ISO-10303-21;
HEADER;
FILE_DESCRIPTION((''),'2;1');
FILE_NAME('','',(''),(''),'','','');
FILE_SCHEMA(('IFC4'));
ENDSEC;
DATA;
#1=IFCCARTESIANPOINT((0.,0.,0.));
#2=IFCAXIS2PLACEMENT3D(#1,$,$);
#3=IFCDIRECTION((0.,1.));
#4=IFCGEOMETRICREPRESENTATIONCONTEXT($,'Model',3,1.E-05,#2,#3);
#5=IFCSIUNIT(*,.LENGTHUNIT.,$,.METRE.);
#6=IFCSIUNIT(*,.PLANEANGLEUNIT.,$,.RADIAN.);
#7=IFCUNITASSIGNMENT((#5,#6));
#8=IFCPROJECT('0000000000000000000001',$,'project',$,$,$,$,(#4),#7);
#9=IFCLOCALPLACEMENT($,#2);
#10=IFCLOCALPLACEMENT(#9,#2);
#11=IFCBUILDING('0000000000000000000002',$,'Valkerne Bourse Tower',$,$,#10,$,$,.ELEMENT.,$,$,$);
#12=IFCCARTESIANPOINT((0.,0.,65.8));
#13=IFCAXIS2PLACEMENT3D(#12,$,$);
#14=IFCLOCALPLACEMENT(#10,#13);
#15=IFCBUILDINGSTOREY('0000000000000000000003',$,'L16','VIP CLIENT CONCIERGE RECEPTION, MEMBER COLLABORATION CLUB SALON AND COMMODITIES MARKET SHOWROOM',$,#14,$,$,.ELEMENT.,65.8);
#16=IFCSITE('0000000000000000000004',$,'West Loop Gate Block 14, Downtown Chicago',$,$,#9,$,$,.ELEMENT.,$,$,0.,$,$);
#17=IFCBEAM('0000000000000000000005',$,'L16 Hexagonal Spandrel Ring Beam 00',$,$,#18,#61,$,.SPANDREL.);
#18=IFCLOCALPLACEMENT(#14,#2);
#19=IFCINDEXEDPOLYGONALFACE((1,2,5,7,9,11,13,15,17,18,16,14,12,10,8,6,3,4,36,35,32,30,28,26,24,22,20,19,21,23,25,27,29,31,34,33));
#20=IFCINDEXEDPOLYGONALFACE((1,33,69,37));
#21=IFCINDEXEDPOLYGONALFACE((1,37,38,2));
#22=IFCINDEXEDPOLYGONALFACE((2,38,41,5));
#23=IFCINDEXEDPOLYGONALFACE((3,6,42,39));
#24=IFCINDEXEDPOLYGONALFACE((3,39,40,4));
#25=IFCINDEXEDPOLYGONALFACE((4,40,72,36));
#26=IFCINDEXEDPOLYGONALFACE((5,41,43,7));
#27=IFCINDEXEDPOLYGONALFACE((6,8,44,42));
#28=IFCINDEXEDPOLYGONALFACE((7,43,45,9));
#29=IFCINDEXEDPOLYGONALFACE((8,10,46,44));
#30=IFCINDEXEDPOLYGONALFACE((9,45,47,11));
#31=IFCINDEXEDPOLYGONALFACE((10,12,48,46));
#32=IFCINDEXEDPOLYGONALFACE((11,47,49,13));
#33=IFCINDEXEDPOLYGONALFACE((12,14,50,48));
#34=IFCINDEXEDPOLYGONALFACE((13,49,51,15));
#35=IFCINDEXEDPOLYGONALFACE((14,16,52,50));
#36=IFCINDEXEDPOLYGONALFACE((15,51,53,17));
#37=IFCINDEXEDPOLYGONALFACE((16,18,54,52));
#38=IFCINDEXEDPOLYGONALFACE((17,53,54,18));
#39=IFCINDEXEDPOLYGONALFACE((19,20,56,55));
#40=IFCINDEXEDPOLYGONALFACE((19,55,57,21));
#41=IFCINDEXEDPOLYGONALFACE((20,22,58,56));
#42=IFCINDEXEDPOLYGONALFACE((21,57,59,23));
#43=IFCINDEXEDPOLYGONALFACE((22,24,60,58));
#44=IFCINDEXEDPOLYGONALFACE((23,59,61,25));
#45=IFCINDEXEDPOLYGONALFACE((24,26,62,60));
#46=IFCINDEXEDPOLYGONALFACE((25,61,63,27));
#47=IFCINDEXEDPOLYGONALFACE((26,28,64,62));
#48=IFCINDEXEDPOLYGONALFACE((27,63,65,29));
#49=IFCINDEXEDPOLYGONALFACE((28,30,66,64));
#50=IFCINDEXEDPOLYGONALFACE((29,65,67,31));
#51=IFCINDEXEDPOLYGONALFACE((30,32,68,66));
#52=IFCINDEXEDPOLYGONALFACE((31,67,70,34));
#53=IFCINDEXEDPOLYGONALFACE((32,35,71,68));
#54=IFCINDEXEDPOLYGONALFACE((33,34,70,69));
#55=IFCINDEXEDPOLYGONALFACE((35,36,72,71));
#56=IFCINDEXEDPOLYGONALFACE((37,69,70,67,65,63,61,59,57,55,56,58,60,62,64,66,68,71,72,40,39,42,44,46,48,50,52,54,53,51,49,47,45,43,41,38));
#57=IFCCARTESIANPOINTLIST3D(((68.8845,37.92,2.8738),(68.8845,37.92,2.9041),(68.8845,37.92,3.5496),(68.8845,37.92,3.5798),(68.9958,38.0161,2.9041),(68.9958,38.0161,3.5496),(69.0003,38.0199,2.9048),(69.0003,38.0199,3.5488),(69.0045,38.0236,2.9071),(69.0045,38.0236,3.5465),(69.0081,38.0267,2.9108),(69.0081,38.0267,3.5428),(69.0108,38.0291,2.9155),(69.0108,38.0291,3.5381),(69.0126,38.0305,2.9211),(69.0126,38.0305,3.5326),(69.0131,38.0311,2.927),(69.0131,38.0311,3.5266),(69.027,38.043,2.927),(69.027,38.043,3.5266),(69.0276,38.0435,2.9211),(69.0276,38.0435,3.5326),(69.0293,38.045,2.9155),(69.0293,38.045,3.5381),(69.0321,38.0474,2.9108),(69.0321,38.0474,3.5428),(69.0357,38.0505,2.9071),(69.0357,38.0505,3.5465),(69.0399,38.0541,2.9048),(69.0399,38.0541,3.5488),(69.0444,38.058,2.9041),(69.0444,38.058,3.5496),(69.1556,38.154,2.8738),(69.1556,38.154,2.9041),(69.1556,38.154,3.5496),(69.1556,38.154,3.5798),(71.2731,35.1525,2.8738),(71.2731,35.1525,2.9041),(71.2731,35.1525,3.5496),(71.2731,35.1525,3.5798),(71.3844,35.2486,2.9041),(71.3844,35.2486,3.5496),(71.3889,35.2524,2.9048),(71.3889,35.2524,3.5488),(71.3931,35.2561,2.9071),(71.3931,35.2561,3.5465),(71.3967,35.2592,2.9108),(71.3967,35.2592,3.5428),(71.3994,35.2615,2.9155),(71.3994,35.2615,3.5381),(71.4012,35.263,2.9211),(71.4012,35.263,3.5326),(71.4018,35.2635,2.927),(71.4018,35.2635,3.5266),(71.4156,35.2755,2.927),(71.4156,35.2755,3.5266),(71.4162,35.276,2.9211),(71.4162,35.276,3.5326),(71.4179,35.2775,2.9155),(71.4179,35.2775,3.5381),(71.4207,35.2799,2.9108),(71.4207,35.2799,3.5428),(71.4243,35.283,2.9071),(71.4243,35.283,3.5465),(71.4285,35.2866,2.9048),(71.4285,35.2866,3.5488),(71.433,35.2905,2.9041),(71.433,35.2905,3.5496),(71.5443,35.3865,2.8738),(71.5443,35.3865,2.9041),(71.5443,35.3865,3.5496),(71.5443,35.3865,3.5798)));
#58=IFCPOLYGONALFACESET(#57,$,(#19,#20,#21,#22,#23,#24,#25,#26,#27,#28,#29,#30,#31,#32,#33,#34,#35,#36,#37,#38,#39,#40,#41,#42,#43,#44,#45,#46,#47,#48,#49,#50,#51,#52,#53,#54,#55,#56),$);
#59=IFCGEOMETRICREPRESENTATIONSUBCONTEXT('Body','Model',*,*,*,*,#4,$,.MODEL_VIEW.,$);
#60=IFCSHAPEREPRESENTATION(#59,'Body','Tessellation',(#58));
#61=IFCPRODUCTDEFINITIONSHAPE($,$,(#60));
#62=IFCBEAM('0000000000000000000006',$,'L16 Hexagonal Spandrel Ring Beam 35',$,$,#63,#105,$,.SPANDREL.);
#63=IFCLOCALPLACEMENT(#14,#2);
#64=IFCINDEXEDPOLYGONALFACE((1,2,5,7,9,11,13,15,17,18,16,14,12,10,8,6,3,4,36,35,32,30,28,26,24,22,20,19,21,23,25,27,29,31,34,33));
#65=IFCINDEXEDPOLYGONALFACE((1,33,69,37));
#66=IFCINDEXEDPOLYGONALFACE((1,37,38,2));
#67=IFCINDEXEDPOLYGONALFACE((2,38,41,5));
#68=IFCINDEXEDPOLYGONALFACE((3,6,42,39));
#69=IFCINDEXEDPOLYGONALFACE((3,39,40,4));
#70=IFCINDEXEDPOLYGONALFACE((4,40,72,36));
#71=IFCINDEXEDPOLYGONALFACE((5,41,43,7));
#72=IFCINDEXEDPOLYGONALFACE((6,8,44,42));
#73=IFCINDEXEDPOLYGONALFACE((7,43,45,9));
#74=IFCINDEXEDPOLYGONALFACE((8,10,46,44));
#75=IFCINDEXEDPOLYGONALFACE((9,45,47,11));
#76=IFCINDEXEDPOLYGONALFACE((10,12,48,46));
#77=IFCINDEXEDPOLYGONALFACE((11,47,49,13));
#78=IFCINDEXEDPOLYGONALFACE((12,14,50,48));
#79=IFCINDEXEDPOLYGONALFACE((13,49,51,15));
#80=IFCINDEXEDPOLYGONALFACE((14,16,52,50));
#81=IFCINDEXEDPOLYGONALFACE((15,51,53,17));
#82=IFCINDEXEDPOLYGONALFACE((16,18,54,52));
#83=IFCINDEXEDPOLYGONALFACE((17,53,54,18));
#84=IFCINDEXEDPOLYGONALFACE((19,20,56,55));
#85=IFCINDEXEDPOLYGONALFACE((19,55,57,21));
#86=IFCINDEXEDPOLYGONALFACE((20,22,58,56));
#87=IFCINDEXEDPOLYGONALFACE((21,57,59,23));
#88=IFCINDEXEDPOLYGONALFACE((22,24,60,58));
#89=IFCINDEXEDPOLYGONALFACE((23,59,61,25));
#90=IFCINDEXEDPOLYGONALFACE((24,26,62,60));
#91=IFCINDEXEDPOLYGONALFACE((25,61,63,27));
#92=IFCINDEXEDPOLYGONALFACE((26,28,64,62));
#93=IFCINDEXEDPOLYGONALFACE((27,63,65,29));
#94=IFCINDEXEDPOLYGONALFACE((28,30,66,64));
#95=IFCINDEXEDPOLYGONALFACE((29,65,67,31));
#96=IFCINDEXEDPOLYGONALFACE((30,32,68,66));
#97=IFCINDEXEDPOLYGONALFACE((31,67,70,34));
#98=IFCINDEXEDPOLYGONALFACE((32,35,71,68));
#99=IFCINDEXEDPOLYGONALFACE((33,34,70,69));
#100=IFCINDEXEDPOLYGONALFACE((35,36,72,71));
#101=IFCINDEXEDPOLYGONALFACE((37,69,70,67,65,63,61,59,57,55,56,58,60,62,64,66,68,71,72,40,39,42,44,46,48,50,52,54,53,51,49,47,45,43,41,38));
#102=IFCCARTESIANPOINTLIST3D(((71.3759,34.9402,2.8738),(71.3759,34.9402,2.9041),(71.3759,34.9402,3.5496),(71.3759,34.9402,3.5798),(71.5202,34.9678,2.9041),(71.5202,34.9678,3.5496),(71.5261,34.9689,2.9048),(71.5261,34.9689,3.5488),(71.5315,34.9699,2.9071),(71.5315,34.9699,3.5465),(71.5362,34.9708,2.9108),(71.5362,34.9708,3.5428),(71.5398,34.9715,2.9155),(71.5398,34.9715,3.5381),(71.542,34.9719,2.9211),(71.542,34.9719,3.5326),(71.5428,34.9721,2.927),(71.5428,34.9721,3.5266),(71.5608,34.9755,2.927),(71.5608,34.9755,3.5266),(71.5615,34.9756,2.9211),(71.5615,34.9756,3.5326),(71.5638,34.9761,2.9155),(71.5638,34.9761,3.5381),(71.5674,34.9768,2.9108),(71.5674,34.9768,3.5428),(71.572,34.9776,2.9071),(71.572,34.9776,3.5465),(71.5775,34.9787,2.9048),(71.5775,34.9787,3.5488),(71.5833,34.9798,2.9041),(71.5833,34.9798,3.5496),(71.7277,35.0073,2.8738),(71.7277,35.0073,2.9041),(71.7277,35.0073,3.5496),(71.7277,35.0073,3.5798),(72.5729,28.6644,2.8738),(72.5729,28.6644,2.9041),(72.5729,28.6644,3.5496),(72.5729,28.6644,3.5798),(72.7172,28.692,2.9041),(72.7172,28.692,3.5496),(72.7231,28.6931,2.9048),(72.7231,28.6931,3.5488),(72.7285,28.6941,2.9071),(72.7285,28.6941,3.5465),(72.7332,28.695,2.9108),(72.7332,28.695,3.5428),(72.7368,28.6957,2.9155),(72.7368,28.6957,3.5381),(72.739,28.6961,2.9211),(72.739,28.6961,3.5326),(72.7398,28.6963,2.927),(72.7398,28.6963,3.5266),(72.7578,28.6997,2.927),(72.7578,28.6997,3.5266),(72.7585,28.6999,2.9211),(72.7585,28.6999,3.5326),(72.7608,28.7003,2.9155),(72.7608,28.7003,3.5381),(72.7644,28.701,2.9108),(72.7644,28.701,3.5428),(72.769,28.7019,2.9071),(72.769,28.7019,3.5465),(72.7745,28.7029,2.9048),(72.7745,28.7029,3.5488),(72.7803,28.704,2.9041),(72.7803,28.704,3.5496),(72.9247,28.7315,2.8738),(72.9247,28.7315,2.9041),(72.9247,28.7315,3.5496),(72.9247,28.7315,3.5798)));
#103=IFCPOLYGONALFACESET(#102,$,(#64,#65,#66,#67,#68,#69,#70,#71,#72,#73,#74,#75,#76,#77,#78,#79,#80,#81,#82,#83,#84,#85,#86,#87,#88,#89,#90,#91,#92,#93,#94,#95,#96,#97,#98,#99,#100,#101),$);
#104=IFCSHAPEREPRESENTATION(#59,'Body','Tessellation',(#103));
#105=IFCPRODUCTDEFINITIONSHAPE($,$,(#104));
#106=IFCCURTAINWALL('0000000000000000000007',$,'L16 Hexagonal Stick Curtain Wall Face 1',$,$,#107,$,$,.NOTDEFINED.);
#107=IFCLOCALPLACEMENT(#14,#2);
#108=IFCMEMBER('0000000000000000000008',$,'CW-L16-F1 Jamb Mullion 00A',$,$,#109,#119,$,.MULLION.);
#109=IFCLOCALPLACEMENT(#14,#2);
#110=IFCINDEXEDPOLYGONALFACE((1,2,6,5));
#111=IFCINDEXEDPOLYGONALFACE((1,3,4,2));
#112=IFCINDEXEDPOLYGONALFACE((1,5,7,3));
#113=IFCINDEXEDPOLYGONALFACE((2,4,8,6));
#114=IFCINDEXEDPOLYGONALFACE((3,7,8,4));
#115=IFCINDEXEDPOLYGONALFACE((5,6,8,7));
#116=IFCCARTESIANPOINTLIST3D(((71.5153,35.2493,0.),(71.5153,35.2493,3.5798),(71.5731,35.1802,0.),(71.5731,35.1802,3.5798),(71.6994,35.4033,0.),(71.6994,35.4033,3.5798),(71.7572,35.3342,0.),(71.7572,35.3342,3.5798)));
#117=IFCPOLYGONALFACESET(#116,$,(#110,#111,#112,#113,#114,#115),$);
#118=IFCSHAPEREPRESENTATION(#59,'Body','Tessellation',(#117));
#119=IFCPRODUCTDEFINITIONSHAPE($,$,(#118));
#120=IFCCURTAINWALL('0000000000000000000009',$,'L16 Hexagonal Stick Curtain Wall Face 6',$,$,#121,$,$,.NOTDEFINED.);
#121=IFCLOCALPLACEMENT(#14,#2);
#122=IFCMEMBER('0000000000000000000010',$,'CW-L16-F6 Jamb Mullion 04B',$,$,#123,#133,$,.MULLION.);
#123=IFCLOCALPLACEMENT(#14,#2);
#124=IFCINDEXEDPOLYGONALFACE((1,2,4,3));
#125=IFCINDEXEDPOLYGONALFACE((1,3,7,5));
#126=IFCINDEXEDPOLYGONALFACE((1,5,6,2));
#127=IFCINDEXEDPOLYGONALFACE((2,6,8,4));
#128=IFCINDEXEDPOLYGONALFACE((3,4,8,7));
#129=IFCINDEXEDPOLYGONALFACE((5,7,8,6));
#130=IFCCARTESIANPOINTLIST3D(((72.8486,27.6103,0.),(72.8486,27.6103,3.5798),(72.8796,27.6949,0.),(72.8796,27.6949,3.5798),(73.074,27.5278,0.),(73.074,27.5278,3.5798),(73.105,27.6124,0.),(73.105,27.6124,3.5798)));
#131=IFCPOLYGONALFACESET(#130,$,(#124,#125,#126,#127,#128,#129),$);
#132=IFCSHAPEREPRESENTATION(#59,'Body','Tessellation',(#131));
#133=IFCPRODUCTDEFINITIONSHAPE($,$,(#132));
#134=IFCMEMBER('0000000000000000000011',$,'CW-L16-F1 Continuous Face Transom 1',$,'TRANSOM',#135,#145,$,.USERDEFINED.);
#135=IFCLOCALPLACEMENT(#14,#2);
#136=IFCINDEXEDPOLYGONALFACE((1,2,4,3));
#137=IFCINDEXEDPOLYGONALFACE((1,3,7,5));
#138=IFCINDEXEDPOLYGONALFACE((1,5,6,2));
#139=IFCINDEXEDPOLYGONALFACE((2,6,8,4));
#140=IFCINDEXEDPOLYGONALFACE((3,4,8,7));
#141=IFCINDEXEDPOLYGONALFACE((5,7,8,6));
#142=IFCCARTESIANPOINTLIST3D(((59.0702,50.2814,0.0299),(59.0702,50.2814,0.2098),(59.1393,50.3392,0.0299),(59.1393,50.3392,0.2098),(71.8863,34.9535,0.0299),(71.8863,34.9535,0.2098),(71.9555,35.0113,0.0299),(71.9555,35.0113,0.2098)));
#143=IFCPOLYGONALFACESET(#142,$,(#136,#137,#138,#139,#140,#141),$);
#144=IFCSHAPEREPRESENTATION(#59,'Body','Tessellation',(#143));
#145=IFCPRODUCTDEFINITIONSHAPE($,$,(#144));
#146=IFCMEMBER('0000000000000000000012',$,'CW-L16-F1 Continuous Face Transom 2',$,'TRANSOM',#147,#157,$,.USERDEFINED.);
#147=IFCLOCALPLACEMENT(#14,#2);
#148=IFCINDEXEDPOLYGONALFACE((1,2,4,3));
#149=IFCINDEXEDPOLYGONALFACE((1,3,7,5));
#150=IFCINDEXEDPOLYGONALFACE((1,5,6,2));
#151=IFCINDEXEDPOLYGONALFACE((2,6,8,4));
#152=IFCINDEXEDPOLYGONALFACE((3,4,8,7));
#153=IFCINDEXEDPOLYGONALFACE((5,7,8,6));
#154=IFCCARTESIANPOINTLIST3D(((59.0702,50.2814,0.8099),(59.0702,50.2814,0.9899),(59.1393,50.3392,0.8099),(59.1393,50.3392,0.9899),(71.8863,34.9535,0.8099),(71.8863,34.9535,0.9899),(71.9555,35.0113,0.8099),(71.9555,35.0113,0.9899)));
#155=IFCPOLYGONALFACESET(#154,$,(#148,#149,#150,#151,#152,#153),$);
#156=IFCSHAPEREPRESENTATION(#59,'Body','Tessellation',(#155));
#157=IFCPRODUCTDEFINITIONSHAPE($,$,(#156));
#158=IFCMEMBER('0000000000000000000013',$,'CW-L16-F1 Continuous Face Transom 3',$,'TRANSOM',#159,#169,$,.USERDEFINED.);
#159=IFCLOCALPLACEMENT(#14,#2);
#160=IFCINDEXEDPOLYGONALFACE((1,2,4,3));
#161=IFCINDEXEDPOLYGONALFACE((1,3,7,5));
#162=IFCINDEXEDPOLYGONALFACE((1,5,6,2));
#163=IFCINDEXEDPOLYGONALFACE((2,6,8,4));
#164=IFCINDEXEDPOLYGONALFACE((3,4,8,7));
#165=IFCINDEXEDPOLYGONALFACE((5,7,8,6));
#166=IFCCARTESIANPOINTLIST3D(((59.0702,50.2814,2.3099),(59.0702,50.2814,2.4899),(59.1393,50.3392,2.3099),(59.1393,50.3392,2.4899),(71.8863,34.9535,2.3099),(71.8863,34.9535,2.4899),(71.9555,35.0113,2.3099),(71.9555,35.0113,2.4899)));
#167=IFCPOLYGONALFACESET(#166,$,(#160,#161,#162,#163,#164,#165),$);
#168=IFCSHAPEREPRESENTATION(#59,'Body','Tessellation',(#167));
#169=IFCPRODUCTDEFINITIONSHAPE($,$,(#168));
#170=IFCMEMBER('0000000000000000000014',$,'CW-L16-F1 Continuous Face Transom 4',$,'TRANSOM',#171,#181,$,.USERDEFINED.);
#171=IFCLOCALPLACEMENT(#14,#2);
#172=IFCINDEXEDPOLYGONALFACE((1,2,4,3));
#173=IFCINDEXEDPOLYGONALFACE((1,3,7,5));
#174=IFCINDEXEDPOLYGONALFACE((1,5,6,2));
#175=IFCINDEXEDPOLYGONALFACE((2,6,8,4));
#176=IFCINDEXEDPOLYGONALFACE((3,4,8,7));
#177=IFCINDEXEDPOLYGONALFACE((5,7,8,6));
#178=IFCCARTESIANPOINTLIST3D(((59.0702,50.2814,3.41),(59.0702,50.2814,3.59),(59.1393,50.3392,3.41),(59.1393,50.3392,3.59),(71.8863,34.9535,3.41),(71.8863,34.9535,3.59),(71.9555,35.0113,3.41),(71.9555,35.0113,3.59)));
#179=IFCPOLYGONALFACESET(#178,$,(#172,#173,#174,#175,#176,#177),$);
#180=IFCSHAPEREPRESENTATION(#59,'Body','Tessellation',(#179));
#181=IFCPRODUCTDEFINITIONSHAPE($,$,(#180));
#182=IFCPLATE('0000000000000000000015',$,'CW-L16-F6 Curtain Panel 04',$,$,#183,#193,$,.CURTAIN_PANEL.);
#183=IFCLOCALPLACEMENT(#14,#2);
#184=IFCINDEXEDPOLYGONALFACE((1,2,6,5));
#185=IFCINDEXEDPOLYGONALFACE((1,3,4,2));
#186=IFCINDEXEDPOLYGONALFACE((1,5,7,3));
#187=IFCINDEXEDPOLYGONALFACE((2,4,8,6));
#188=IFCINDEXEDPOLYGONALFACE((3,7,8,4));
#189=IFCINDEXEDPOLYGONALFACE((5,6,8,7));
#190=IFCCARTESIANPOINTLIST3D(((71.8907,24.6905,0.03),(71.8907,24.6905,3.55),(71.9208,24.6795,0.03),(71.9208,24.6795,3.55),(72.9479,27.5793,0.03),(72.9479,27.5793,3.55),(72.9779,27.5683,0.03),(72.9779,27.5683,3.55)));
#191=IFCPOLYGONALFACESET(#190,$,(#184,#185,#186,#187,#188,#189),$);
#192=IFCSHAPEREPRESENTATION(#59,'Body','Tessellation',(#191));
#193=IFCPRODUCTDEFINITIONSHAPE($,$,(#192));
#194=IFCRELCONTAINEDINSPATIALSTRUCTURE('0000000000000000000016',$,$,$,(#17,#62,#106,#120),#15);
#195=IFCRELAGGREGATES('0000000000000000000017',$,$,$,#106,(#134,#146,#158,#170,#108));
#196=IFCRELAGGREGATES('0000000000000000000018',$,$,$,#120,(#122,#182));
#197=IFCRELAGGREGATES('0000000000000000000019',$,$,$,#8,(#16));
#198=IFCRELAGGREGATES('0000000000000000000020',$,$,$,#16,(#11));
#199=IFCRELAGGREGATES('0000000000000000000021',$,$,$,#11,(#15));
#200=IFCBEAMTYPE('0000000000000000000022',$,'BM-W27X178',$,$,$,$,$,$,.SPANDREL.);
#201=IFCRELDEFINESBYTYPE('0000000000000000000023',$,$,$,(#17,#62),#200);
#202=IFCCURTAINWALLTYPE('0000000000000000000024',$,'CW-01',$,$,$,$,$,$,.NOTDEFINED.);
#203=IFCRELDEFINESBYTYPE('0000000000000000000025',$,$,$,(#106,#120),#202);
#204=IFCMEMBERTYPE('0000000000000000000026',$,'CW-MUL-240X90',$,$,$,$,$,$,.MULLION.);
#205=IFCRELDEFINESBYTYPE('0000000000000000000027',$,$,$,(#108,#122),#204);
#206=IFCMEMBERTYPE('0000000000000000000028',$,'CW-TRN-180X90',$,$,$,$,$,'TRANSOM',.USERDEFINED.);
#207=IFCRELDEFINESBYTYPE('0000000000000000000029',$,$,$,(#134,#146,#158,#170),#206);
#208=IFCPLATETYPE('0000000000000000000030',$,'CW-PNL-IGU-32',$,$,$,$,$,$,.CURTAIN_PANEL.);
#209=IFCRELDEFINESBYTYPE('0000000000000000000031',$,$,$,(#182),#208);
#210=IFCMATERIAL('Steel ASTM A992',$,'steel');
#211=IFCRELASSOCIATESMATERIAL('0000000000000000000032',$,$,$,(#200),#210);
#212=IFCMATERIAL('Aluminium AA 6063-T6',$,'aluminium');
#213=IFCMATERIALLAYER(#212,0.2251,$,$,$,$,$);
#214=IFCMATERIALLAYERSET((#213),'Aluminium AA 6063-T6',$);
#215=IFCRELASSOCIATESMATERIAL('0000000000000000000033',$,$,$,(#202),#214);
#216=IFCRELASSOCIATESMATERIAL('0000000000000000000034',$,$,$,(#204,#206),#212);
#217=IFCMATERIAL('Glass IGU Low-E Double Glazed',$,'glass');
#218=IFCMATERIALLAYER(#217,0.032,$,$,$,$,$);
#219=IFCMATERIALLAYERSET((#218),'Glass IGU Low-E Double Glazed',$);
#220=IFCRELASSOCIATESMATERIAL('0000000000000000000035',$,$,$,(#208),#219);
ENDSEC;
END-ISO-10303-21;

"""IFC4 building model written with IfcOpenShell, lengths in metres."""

from ifc_helpers import new_model, si_unit, direction, frame, origin, origin_2d, place, context, subcontext, project, spatial, rectangle, i_section, extrude, material, layer, layer_set, material_profile, profile_set, type_object, element, aggregate, save


model = new_model("IFC4")

# Units and contexts
model_context = context("Model", 3, precision=1e-05, world=origin(), true_north=direction((0.0, 1.0)))
body_context = subcontext(model_context, "Body", "Model", "MODEL_VIEW")
ifc_project = project(units=[si_unit("LENGTHUNIT", "METRE"), si_unit("PLANEANGLEUNIT", "RADIAN")], contexts=[model_context])

# Site, building, storey
site_placement = place(None, origin())
site = spatial("IfcSite", under=ifc_project, at=site_placement, Name="West Loop Gate Block 14, Downtown Chicago", CompositionType="ELEMENT", RefElevation=0.0)
building_placement = place(site_placement, origin())
building = spatial("IfcBuilding", under=site, at=building_placement, Name="Valkerne Bourse Tower", CompositionType="ELEMENT")
storey_placement = place(building_placement, frame((0.0, 0.0, 65.8)))
storey = spatial("IfcBuildingStorey", under=building, at=storey_placement, Name="L16", Description="VIP CLIENT CONCIERGE RECEPTION, MEMBER COLLABORATION CLUB SALON AND COMMODITIES MARKET SHOWROOM", CompositionType="ELEMENT", Elevation=65.8)

# Beams
ifc_material_1 = material(Name="Steel ASTM A992", Category="steel")
ifc_material_profile_1 = material_profile(ifc_material_1, i_section(OverallWidth=0.3582, OverallDepth=0.7061, WebThickness=0.0183, FlangeThickness=0.0303, FilletRadius=0.0229, at=origin_2d()), Name="W27X178")
ifc_profile_set_1 = profile_set([ifc_material_profile_1], Name="Steel ASTM A992")
beam_type_1 = type_object("IfcBeamType", Name="BM-W27X178", PredefinedType="SPANDREL", material=ifc_profile_set_1)
beam_1_placement = place(storey_placement, frame((71.4087, 35.2695, 3.2268), z_axis=(-0.653383, 0.757027, 0.0), x_axis=(-0.757027, -0.653383, 0.0)))
element("IfcBeam", 1, at=beam_1_placement, inside=storey, type_object=beam_type_1, Name="L16 Hexagonal Spandrel Ring Beam 00", PredefinedType="SPANDREL", context=body_context, shape_type="SweptSolid", body=[
    extrude(i_section(OverallWidth=0.3582, OverallDepth=0.7061, WebThickness=0.0183, FlangeThickness=0.0303, FilletRadius=0.0229, at=origin_2d()), origin(), (0.0, 0.0, 1.0), 3.6558),
])
beam_2_placement = place(storey_placement, frame((72.7488, 28.698, 3.2268), z_axis=(-0.187356, 0.982292, 0.0), x_axis=(-0.982292, -0.187356, 0.0)))
element("IfcBeam", 2, at=beam_2_placement, inside=storey, type_object=beam_type_1, Name="L16 Hexagonal Spandrel Ring Beam 35", PredefinedType="SPANDREL", context=body_context, shape_type="SweptSolid", body=[
    extrude(i_section(OverallWidth=0.3582, OverallDepth=0.7061, WebThickness=0.0183, FlangeThickness=0.0303, FilletRadius=0.0229, at=origin_2d()), origin(), (0.0, 0.0, 1.0), 6.3889),
])

# Curtain walls, members
ifc_material_2 = material(Name="Aluminium AA 6063-T6", Category="aluminium")
ifc_layer_1 = layer(ifc_material_2, 0.2251)
ifc_layer_set_1 = layer_set([ifc_layer_1], Name="Aluminium AA 6063-T6")
curtain_wall_type = type_object("IfcCurtainWallType", Name="CW-01", PredefinedType="NOTDEFINED", material=ifc_layer_set_1)
curtain_wall_1_placement = place(storey_placement, origin())
curtain_wall_1 = element("IfcCurtainWall", 3, at=curtain_wall_1_placement, inside=storey, type_object=curtain_wall_type, Name="L16 Hexagonal Stick Curtain Wall Face 1", PredefinedType="NOTDEFINED")
ifc_material_profile_2 = material_profile(ifc_material_2, rectangle(XDim=0.0901, YDim=0.24, at=origin_2d()), Name="CWM-90X240")
ifc_profile_set_2 = profile_set([ifc_material_profile_2], Name="Aluminium AA 6063-T6")
member_type_1 = type_object("IfcMemberType", Name="CW-MUL-240X90", PredefinedType="MULLION", material=ifc_profile_set_2)
member_1_placement = place(storey_placement, frame((71.6362, 35.2917, 0.0), z_axis=(0.0, 0.0, 1.0), x_axis=(-0.641459, 0.767158, 0.0)))
member_1 = element("IfcMember", 4, at=member_1_placement, type_object=member_type_1, Name="CW-L16-F1 Jamb Mullion 00A", PredefinedType="MULLION", context=body_context, shape_type="SweptSolid", body=[
    extrude(rectangle(XDim=0.0901, YDim=0.24, at=origin_2d()), origin(), (0.0, 0.0, 1.0), 3.5798),
])
curtain_wall_2_placement = place(storey_placement, origin())
curtain_wall_2 = element("IfcCurtainWall", 5, at=curtain_wall_2_placement, inside=storey, type_object=curtain_wall_type, Name="L16 Hexagonal Stick Curtain Wall Face 6", PredefinedType="NOTDEFINED")
member_2_placement = place(storey_placement, frame((72.9768, 27.6113, 0.0), z_axis=(0.0, 0.0, 1.0), x_axis=(0.343661, 0.939094, 0.0)))
member_2 = element("IfcMember", 6, at=member_2_placement, type_object=member_type_1, Name="CW-L16-F6 Jamb Mullion 04B", PredefinedType="MULLION", context=body_context, shape_type="SweptSolid", body=[
    extrude(rectangle(XDim=0.0901, YDim=0.24, at=origin_2d()), origin(), (0.0, 0.0, 1.0), 3.5798),
])

# Members
ifc_material_profile_3 = material_profile(ifc_material_2, rectangle(XDim=0.0901, YDim=0.1799, at=origin_2d()), Name="CWT-90X180")
ifc_profile_set_3 = profile_set([ifc_material_profile_3], Name="Aluminium AA 6063-T6")
member_type_2 = type_object("IfcMemberType", Name="CW-TRN-180X90", ElementType="TRANSOM", PredefinedType="USERDEFINED", material=ifc_profile_set_3)
member_3_placement = place(storey_placement, frame((71.9209, 34.9824, 0.1199), z_axis=(-0.641452, 0.767164, 0.0), x_axis=(-0.767164, -0.641452, 0.0)))
member_3 = element("IfcMember", 7, at=member_3_placement, type_object=member_type_2, Name="CW-L16-F1 Continuous Face Transom 1", ObjectType="TRANSOM", PredefinedType="USERDEFINED", context=body_context, shape_type="SweptSolid", body=[
    extrude(rectangle(XDim=0.0901, YDim=0.1799, at=origin_2d()), origin(), (0.0, 0.0, 1.0), 19.98),
])
member_4_placement = place(storey_placement, frame((71.9209, 34.9824, 0.8999), z_axis=(-0.641452, 0.767164, 0.0), x_axis=(-0.767164, -0.641452, 0.0)))
member_4 = element("IfcMember", 8, at=member_4_placement, type_object=member_type_2, Name="CW-L16-F1 Continuous Face Transom 2", ObjectType="TRANSOM", PredefinedType="USERDEFINED", context=body_context, shape_type="SweptSolid", body=[
    extrude(rectangle(XDim=0.0901, YDim=0.1799, at=origin_2d()), origin(), (0.0, 0.0, 1.0), 19.98),
])
member_5_placement = place(storey_placement, frame((71.9209, 34.9824, 2.3999), z_axis=(-0.641452, 0.767164, 0.0), x_axis=(-0.767164, -0.641452, 0.0)))
member_5 = element("IfcMember", 9, at=member_5_placement, type_object=member_type_2, Name="CW-L16-F1 Continuous Face Transom 3", ObjectType="TRANSOM", PredefinedType="USERDEFINED", context=body_context, shape_type="SweptSolid", body=[
    extrude(rectangle(XDim=0.0901, YDim=0.1799, at=origin_2d()), origin(), (0.0, 0.0, 1.0), 19.98),
])
member_6_placement = place(storey_placement, frame((71.9209, 34.9824, 3.5), z_axis=(-0.641452, 0.767164, 0.0), x_axis=(-0.767164, -0.641452, 0.0)))
member_6 = element("IfcMember", 10, at=member_6_placement, type_object=member_type_2, Name="CW-L16-F1 Continuous Face Transom 4", ObjectType="TRANSOM", PredefinedType="USERDEFINED", context=body_context, shape_type="SweptSolid", body=[
    extrude(rectangle(XDim=0.0901, YDim=0.1799, at=origin_2d()), origin(), (0.0, 0.0, 1.0), 19.98),
])
aggregate(curtain_wall_1, [member_3, member_4, member_5, member_6, member_1])

# Plate
ifc_material_3 = material(Name="Glass IGU Low-E Double Glazed", Category="glass")
ifc_layer_2 = layer(ifc_material_3, 0.032)
ifc_layer_set_2 = layer_set([ifc_layer_2], Name="Glass IGU Low-E Double Glazed")
plate_type_1 = type_object("IfcPlateType", Name="CW-PNL-IGU-32", PredefinedType="CURTAIN_PANEL", material=ifc_layer_set_2)
plate_placement = place(storey_placement, frame((72.4343, 26.1294, 0.03), z_axis=(0.0, 0.0, 1.0), x_axis=(0.343661, 0.939094, 0.0)))
plate = element("IfcPlate", 11, at=plate_placement, type_object=plate_type_1, Name="CW-L16-F6 Curtain Panel 04", PredefinedType="CURTAIN_PANEL", context=body_context, shape_type="SweptSolid", body=[
    extrude(rectangle(XDim=3.0762, YDim=0.032, at=origin_2d()), origin(), (0.0, 0.0, 1.0), 3.52),
])
aggregate(curtain_wall_2, [member_2, plate])

save(model, "model.ifc")
